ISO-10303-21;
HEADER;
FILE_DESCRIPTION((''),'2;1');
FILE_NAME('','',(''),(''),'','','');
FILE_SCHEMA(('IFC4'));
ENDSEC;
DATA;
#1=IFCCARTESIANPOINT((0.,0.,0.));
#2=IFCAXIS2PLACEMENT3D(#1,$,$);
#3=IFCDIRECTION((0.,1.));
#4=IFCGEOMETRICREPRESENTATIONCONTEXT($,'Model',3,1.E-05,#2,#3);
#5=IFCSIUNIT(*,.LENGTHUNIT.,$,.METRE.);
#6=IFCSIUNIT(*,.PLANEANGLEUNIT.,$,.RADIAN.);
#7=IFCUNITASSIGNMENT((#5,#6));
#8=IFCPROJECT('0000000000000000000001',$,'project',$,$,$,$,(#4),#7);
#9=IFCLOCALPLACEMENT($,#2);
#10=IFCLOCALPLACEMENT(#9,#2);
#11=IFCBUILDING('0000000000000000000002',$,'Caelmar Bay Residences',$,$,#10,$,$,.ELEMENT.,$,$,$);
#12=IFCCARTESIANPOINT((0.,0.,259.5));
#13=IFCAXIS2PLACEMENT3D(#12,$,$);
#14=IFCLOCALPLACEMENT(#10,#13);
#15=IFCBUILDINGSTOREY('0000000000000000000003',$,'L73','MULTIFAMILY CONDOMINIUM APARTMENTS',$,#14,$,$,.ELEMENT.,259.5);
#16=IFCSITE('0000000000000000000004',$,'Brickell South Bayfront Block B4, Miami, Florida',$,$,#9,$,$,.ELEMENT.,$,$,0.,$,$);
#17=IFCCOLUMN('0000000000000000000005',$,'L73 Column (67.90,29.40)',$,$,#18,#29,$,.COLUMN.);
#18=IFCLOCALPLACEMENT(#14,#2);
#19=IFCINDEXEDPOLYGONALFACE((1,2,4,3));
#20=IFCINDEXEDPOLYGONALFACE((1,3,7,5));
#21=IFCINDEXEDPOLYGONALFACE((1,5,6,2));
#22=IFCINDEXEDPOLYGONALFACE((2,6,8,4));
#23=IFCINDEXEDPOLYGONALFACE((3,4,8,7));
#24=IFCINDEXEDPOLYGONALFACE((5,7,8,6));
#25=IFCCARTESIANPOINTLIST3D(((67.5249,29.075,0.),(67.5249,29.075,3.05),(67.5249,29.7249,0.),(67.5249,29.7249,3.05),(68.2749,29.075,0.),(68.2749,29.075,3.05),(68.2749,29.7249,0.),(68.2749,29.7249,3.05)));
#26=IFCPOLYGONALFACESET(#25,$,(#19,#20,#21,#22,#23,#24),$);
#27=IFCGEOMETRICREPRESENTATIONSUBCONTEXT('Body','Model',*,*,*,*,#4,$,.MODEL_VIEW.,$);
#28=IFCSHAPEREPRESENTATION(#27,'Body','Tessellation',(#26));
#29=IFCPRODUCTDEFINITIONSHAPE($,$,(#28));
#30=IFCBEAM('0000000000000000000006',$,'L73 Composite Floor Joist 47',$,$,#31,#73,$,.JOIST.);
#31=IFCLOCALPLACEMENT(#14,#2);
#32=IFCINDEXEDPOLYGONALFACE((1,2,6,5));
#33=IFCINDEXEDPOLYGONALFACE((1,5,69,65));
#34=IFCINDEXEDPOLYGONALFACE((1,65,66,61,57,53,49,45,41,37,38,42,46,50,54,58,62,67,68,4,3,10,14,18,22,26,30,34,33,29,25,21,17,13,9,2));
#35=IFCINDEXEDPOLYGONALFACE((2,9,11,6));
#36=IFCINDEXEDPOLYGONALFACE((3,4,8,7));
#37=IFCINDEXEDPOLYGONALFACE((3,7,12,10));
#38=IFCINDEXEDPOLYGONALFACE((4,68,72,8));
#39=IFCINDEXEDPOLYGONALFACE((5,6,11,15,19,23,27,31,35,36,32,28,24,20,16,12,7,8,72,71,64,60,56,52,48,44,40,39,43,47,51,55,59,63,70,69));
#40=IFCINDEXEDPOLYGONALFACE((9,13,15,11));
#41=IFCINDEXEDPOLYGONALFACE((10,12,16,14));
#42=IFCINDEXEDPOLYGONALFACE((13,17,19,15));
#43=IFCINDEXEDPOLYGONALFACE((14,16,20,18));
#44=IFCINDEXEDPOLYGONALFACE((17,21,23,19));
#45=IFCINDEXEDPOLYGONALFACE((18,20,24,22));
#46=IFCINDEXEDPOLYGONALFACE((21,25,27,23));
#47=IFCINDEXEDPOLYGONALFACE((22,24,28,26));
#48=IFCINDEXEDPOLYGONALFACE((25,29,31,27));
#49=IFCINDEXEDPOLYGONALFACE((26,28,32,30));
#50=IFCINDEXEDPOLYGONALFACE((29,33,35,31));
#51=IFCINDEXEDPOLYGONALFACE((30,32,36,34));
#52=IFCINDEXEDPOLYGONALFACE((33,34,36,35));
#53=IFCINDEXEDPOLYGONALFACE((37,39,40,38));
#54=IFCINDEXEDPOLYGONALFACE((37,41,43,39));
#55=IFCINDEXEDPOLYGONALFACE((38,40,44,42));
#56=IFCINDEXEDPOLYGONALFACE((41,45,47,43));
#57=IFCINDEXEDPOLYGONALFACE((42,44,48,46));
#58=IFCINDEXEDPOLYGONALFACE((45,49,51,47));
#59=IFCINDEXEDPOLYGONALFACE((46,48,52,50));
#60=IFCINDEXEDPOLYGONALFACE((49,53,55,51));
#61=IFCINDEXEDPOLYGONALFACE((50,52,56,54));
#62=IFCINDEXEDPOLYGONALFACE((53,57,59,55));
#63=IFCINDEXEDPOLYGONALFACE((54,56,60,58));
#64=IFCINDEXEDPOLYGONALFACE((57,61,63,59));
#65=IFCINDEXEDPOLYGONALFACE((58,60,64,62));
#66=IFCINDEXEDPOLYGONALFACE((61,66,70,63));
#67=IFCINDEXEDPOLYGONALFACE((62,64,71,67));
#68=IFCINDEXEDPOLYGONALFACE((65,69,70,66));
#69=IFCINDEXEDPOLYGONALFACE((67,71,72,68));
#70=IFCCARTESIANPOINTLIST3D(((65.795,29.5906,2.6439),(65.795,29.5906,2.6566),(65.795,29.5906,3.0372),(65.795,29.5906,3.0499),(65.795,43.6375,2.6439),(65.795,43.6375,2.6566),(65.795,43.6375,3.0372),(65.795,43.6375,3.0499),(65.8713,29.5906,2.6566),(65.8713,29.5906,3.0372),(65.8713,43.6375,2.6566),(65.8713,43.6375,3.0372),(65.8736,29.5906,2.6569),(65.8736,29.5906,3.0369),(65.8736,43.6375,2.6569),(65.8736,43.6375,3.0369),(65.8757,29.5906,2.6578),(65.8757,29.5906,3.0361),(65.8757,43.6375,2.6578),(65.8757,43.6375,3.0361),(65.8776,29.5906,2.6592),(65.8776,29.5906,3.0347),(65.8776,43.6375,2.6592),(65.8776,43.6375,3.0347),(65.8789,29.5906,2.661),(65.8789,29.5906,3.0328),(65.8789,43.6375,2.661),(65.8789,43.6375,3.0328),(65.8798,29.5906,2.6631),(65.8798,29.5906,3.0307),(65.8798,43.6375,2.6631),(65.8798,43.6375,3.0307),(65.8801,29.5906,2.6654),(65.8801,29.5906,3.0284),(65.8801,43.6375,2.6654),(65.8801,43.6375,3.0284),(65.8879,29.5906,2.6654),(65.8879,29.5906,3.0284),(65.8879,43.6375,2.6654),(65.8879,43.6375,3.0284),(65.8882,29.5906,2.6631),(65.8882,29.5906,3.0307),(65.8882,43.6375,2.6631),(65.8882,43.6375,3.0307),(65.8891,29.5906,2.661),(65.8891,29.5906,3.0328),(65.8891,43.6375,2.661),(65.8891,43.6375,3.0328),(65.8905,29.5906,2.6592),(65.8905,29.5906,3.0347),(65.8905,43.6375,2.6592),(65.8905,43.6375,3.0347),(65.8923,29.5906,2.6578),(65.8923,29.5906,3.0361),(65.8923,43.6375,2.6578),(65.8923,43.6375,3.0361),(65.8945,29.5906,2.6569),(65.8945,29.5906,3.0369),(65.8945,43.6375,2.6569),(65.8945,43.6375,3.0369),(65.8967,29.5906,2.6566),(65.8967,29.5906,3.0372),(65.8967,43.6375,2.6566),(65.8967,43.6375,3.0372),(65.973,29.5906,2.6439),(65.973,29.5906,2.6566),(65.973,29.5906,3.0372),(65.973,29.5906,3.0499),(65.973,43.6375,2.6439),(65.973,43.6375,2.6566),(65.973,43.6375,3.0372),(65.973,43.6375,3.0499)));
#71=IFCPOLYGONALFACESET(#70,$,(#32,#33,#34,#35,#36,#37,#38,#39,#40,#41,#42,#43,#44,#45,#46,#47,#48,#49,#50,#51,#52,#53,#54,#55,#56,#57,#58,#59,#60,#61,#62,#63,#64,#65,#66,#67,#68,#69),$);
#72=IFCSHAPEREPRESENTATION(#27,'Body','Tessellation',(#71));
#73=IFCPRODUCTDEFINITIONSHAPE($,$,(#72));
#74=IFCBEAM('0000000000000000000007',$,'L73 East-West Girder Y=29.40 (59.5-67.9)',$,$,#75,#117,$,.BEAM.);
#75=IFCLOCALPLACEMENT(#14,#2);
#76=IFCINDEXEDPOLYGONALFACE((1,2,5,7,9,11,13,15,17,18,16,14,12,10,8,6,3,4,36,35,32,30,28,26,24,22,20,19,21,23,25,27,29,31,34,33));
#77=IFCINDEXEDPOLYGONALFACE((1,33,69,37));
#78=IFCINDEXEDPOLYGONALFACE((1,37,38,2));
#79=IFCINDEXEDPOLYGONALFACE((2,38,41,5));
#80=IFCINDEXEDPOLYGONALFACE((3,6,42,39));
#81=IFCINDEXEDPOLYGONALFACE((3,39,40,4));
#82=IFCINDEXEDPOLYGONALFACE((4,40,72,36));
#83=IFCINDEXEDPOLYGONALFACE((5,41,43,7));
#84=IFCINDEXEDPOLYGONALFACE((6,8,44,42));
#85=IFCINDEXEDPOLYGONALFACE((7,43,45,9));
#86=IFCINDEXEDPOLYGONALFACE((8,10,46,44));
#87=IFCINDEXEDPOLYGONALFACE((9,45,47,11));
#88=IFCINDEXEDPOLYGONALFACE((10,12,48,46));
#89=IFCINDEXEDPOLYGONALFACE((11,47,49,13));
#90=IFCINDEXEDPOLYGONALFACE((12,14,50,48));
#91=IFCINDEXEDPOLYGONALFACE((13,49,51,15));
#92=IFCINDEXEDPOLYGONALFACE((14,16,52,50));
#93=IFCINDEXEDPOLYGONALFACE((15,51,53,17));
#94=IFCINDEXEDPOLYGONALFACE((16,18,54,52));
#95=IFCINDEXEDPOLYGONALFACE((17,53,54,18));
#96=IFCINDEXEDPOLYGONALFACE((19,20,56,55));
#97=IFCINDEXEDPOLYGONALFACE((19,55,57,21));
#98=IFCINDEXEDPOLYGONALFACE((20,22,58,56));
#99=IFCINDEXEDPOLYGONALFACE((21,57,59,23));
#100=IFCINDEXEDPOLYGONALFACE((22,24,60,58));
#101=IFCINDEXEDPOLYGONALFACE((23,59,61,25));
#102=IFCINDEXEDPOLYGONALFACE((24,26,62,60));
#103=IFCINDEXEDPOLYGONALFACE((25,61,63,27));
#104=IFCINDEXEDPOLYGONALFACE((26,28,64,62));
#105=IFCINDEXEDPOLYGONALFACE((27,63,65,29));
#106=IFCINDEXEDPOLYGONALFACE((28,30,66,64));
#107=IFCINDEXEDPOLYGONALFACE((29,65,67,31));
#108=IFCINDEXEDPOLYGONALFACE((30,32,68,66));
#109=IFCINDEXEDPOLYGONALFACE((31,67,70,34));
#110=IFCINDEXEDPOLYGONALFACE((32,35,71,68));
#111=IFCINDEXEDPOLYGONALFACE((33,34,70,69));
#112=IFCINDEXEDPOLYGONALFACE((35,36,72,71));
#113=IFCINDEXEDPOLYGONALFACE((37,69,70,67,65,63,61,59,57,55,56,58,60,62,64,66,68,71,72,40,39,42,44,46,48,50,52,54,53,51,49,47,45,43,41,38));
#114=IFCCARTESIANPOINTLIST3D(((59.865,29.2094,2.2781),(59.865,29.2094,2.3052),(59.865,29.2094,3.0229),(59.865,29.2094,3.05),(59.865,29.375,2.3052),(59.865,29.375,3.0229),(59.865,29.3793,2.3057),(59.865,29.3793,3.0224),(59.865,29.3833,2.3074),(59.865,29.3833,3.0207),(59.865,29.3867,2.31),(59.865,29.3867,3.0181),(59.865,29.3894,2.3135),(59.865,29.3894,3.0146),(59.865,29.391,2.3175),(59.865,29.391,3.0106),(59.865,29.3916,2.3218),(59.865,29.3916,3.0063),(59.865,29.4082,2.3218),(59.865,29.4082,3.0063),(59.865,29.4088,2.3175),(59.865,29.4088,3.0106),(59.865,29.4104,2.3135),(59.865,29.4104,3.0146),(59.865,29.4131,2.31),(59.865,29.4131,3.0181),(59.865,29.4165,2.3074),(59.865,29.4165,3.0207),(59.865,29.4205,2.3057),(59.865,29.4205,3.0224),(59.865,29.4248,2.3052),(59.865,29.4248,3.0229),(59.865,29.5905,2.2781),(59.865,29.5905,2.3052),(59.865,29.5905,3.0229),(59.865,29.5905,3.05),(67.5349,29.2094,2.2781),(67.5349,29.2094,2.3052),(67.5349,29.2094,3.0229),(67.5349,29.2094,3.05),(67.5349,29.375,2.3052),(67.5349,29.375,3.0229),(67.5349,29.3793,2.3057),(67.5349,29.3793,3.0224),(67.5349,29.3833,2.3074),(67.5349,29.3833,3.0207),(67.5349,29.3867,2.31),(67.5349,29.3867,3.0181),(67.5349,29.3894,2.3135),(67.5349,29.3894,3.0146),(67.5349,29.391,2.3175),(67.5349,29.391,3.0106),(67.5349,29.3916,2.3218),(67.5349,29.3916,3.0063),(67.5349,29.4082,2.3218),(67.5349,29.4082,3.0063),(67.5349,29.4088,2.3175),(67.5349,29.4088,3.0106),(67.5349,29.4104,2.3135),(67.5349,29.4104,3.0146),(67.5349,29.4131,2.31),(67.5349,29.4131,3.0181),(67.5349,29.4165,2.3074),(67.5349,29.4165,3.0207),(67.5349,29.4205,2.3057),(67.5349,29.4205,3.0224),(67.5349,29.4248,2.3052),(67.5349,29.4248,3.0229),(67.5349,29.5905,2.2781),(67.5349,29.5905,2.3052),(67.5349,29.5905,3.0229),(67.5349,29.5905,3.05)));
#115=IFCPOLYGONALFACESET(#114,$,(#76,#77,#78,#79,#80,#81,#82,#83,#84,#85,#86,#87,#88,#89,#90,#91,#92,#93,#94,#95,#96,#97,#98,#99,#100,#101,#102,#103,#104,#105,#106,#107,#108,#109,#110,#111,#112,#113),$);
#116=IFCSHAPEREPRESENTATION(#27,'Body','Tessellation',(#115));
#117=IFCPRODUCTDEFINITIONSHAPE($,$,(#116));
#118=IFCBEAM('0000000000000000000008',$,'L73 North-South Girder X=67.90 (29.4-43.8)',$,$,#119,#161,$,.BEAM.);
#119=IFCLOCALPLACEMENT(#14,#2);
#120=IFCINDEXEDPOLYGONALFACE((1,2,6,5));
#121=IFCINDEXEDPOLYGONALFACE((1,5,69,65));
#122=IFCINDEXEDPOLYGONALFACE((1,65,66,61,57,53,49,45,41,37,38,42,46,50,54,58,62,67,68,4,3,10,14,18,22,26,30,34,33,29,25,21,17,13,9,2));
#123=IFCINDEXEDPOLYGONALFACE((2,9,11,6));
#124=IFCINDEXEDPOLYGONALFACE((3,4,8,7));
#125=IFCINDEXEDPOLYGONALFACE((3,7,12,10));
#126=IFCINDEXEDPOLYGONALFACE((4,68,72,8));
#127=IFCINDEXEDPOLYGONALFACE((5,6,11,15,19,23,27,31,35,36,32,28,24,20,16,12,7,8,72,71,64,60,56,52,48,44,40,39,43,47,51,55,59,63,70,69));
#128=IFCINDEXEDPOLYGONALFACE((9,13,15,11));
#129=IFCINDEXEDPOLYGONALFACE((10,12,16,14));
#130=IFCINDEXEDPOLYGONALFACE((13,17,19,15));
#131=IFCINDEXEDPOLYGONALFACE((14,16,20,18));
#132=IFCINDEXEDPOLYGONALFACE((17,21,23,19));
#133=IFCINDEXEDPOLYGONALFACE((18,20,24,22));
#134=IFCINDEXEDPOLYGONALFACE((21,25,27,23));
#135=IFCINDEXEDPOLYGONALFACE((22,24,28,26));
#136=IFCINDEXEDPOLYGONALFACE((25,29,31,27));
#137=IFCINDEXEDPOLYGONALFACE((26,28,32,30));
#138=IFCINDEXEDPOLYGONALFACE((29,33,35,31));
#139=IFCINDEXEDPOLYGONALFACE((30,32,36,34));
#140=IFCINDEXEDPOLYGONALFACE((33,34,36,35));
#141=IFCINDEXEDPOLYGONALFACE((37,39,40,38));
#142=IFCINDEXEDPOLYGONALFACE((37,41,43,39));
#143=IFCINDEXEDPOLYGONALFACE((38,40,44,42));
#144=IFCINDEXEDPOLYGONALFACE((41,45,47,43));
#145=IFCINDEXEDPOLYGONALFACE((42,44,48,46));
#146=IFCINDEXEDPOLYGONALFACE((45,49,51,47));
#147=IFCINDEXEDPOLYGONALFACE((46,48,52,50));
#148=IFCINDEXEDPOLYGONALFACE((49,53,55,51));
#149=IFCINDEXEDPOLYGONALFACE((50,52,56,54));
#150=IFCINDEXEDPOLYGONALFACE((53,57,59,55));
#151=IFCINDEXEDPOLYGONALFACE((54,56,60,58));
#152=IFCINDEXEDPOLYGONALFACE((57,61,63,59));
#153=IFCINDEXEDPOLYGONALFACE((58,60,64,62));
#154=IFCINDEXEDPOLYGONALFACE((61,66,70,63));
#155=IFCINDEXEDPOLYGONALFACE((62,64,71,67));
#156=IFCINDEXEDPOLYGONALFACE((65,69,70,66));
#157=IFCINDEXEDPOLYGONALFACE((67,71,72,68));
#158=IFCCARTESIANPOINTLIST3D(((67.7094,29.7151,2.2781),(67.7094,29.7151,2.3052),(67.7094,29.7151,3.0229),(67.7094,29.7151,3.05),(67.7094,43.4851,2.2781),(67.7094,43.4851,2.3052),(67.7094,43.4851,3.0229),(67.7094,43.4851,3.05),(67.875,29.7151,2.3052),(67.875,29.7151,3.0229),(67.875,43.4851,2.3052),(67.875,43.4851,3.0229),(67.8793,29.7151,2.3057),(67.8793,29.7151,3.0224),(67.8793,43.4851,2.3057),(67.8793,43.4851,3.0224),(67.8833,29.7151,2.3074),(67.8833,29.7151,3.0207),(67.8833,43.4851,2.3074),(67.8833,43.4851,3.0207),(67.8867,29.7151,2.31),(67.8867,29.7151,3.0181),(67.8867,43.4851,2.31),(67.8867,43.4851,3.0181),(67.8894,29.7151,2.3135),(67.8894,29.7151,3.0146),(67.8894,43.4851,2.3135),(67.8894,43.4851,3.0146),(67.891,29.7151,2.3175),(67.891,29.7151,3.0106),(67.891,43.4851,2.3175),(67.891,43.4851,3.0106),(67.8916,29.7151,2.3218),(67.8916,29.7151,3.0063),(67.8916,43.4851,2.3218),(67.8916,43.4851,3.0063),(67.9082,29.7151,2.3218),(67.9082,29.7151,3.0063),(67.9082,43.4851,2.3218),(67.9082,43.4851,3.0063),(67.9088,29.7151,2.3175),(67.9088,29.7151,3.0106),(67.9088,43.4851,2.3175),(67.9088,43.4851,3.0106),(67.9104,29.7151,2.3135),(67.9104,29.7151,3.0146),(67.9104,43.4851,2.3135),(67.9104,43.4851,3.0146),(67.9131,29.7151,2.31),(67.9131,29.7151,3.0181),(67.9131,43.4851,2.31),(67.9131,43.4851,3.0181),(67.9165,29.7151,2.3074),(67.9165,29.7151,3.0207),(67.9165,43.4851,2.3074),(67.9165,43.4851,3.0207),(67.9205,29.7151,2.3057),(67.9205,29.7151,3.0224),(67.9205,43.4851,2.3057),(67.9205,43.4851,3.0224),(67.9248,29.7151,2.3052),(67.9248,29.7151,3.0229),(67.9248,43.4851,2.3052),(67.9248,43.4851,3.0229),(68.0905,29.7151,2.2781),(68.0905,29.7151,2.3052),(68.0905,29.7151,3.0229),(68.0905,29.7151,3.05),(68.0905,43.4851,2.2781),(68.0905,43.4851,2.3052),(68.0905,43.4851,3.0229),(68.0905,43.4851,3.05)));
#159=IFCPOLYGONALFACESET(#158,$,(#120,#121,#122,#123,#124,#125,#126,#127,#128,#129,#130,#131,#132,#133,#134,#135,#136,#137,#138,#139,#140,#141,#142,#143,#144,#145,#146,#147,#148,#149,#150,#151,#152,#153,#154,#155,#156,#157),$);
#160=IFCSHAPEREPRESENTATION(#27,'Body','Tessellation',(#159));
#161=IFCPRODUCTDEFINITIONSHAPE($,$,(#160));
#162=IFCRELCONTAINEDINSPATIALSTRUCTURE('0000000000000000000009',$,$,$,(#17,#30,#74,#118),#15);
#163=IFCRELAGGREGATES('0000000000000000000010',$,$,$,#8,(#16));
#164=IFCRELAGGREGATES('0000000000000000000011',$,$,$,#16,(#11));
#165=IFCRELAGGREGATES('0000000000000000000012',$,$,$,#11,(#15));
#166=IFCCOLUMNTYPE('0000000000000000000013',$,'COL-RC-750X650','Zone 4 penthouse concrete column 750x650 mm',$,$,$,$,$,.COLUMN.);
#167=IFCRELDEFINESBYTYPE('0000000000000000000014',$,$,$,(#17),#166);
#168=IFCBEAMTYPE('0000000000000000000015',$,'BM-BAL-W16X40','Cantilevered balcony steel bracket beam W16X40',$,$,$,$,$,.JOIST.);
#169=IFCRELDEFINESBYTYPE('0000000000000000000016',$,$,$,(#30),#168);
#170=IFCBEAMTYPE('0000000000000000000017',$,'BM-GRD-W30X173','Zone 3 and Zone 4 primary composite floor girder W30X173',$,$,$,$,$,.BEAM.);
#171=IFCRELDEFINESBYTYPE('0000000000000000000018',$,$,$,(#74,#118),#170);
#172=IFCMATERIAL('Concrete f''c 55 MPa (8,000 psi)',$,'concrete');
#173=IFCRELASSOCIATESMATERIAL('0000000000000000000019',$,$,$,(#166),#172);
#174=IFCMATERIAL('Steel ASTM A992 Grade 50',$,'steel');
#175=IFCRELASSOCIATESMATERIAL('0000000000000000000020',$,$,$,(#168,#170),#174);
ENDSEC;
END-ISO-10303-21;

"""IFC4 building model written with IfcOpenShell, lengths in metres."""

from ifc_helpers import new_model, si_unit, direction, frame, origin, origin_2d, place, context, subcontext, project, spatial, rectangle, i_section, extrude, material, material_profile, profile_set, type_object, element, save


model = new_model("IFC4")

# Units and contexts
model_context = context("Model", 3, precision=1e-05, world=origin(), true_north=direction((0.0, 1.0)))
body_context = subcontext(model_context, "Body", "Model", "MODEL_VIEW")
ifc_project = project(units=[si_unit("LENGTHUNIT", "METRE"), si_unit("PLANEANGLEUNIT", "RADIAN")], contexts=[model_context])

# Site, building, storey
site_placement = place(None, origin())
site = spatial("IfcSite", under=ifc_project, at=site_placement, Name="Brickell South Bayfront Block B4, Miami, Florida", CompositionType="ELEMENT", RefElevation=0.0)
building_placement = place(site_placement, origin())
building = spatial("IfcBuilding", under=site, at=building_placement, Name="Caelmar Bay Residences", CompositionType="ELEMENT")
storey_placement = place(building_placement, frame((0.0, 0.0, 259.5)))
storey = spatial("IfcBuildingStorey", under=building, at=storey_placement, Name="L73", Description="MULTIFAMILY CONDOMINIUM APARTMENTS", CompositionType="ELEMENT", Elevation=259.5)

# Column
ifc_material_1 = material(Name="Concrete f'c 55 MPa (8,000 psi)", Category="concrete")
ifc_material_profile_1 = material_profile(ifc_material_1, rectangle(XDim=0.75, YDim=0.6499, at=origin_2d()), Name="RC-COL-750X650")
ifc_profile_set_1 = profile_set([ifc_material_profile_1], Name="Concrete f'c 55 MPa (8,000 psi)")
column_type = type_object("IfcColumnType", Name="COL-RC-750X650", Description="Zone 4 penthouse concrete column 750x650 mm", PredefinedType="COLUMN", material=ifc_profile_set_1)
column_placement = place(storey_placement, frame((67.8999, 29.3999, 0.0), z_axis=(0.0, 0.0, 1.0), x_axis=(1.0, 0.0, 0.0)))
element("IfcColumn", 1, at=column_placement, inside=storey, type_object=column_type, Name="L73 Column (67.90,29.40)", PredefinedType="COLUMN", context=body_context, shape_type="SweptSolid", body=[
    extrude(rectangle(XDim=0.75, YDim=0.6499, at=origin_2d()), origin(), (0.0, 0.0, 1.0), 3.05),
])

# Beams
ifc_material_2 = material(Name="Steel ASTM A992 Grade 50", Category="steel")
ifc_material_profile_2 = material_profile(ifc_material_2, i_section(OverallWidth=0.178, OverallDepth=0.406, WebThickness=0.0078, FlangeThickness=0.0127, FilletRadius=0.0088, at=origin_2d()), Name="W16X40")
ifc_profile_set_2 = profile_set([ifc_material_profile_2], Name="Steel ASTM A992 Grade 50")
beam_type_1 = type_object("IfcBeamType", Name="BM-BAL-W16X40", Description="Cantilevered balcony steel bracket beam W16X40", PredefinedType="JOIST", material=ifc_profile_set_2)
beam_1_placement = place(storey_placement, frame((65.884, 29.5906, 2.8469), z_axis=(0.0, 1.0, 0.0), x_axis=(-1.0, 0.0, 0.0)))
element("IfcBeam", 2, at=beam_1_placement, inside=storey, type_object=beam_type_1, Name="L73 Composite Floor Joist 47", PredefinedType="JOIST", context=body_context, shape_type="SweptSolid", body=[
    extrude(i_section(OverallWidth=0.178, OverallDepth=0.406, WebThickness=0.0078, FlangeThickness=0.0127, FilletRadius=0.0088, at=origin_2d()), origin(), (0.0, 0.0, 1.0), 14.0469),
])
ifc_material_profile_3 = material_profile(ifc_material_2, i_section(OverallWidth=0.3811, OverallDepth=0.772, WebThickness=0.0166, FlangeThickness=0.0271, FilletRadius=0.0166, at=origin_2d()), Name="W30X173")
ifc_profile_set_3 = profile_set([ifc_material_profile_3], Name="Steel ASTM A992 Grade 50")
beam_type_2 = type_object("IfcBeamType", Name="BM-GRD-W30X173", Description="Zone 3 and Zone 4 primary composite floor girder W30X173", PredefinedType="BEAM", material=ifc_profile_set_3)
beam_2_placement = place(storey_placement, frame((59.865, 29.3999, 2.6641), z_axis=(1.0, 0.0, 0.0), x_axis=(0.0, 1.0, 0.0)))
element("IfcBeam", 3, at=beam_2_placement, inside=storey, type_object=beam_type_2, Name="L73 East-West Girder Y=29.40 (59.5-67.9)", PredefinedType="BEAM", context=body_context, shape_type="SweptSolid", body=[
    extrude(i_section(OverallWidth=0.3811, OverallDepth=0.772, WebThickness=0.0166, FlangeThickness=0.0271, FilletRadius=0.0166, at=origin_2d()), origin(), (0.0, 0.0, 1.0), 7.6699),
])
beam_3_placement = place(storey_placement, frame((67.8999, 29.7151, 2.6641), z_axis=(0.0, 1.0, 0.0), x_axis=(-1.0, 0.0, 0.0)))
element("IfcBeam", 4, at=beam_3_placement, inside=storey, type_object=beam_type_2, Name="L73 North-South Girder X=67.90 (29.4-43.8)", PredefinedType="BEAM", context=body_context, shape_type="SweptSolid", body=[
    extrude(i_section(OverallWidth=0.3811, OverallDepth=0.772, WebThickness=0.0166, FlangeThickness=0.0271, FilletRadius=0.0166, at=origin_2d()), origin(), (0.0, 0.0, 1.0), 13.77),
])

save(model, "model.ifc")
